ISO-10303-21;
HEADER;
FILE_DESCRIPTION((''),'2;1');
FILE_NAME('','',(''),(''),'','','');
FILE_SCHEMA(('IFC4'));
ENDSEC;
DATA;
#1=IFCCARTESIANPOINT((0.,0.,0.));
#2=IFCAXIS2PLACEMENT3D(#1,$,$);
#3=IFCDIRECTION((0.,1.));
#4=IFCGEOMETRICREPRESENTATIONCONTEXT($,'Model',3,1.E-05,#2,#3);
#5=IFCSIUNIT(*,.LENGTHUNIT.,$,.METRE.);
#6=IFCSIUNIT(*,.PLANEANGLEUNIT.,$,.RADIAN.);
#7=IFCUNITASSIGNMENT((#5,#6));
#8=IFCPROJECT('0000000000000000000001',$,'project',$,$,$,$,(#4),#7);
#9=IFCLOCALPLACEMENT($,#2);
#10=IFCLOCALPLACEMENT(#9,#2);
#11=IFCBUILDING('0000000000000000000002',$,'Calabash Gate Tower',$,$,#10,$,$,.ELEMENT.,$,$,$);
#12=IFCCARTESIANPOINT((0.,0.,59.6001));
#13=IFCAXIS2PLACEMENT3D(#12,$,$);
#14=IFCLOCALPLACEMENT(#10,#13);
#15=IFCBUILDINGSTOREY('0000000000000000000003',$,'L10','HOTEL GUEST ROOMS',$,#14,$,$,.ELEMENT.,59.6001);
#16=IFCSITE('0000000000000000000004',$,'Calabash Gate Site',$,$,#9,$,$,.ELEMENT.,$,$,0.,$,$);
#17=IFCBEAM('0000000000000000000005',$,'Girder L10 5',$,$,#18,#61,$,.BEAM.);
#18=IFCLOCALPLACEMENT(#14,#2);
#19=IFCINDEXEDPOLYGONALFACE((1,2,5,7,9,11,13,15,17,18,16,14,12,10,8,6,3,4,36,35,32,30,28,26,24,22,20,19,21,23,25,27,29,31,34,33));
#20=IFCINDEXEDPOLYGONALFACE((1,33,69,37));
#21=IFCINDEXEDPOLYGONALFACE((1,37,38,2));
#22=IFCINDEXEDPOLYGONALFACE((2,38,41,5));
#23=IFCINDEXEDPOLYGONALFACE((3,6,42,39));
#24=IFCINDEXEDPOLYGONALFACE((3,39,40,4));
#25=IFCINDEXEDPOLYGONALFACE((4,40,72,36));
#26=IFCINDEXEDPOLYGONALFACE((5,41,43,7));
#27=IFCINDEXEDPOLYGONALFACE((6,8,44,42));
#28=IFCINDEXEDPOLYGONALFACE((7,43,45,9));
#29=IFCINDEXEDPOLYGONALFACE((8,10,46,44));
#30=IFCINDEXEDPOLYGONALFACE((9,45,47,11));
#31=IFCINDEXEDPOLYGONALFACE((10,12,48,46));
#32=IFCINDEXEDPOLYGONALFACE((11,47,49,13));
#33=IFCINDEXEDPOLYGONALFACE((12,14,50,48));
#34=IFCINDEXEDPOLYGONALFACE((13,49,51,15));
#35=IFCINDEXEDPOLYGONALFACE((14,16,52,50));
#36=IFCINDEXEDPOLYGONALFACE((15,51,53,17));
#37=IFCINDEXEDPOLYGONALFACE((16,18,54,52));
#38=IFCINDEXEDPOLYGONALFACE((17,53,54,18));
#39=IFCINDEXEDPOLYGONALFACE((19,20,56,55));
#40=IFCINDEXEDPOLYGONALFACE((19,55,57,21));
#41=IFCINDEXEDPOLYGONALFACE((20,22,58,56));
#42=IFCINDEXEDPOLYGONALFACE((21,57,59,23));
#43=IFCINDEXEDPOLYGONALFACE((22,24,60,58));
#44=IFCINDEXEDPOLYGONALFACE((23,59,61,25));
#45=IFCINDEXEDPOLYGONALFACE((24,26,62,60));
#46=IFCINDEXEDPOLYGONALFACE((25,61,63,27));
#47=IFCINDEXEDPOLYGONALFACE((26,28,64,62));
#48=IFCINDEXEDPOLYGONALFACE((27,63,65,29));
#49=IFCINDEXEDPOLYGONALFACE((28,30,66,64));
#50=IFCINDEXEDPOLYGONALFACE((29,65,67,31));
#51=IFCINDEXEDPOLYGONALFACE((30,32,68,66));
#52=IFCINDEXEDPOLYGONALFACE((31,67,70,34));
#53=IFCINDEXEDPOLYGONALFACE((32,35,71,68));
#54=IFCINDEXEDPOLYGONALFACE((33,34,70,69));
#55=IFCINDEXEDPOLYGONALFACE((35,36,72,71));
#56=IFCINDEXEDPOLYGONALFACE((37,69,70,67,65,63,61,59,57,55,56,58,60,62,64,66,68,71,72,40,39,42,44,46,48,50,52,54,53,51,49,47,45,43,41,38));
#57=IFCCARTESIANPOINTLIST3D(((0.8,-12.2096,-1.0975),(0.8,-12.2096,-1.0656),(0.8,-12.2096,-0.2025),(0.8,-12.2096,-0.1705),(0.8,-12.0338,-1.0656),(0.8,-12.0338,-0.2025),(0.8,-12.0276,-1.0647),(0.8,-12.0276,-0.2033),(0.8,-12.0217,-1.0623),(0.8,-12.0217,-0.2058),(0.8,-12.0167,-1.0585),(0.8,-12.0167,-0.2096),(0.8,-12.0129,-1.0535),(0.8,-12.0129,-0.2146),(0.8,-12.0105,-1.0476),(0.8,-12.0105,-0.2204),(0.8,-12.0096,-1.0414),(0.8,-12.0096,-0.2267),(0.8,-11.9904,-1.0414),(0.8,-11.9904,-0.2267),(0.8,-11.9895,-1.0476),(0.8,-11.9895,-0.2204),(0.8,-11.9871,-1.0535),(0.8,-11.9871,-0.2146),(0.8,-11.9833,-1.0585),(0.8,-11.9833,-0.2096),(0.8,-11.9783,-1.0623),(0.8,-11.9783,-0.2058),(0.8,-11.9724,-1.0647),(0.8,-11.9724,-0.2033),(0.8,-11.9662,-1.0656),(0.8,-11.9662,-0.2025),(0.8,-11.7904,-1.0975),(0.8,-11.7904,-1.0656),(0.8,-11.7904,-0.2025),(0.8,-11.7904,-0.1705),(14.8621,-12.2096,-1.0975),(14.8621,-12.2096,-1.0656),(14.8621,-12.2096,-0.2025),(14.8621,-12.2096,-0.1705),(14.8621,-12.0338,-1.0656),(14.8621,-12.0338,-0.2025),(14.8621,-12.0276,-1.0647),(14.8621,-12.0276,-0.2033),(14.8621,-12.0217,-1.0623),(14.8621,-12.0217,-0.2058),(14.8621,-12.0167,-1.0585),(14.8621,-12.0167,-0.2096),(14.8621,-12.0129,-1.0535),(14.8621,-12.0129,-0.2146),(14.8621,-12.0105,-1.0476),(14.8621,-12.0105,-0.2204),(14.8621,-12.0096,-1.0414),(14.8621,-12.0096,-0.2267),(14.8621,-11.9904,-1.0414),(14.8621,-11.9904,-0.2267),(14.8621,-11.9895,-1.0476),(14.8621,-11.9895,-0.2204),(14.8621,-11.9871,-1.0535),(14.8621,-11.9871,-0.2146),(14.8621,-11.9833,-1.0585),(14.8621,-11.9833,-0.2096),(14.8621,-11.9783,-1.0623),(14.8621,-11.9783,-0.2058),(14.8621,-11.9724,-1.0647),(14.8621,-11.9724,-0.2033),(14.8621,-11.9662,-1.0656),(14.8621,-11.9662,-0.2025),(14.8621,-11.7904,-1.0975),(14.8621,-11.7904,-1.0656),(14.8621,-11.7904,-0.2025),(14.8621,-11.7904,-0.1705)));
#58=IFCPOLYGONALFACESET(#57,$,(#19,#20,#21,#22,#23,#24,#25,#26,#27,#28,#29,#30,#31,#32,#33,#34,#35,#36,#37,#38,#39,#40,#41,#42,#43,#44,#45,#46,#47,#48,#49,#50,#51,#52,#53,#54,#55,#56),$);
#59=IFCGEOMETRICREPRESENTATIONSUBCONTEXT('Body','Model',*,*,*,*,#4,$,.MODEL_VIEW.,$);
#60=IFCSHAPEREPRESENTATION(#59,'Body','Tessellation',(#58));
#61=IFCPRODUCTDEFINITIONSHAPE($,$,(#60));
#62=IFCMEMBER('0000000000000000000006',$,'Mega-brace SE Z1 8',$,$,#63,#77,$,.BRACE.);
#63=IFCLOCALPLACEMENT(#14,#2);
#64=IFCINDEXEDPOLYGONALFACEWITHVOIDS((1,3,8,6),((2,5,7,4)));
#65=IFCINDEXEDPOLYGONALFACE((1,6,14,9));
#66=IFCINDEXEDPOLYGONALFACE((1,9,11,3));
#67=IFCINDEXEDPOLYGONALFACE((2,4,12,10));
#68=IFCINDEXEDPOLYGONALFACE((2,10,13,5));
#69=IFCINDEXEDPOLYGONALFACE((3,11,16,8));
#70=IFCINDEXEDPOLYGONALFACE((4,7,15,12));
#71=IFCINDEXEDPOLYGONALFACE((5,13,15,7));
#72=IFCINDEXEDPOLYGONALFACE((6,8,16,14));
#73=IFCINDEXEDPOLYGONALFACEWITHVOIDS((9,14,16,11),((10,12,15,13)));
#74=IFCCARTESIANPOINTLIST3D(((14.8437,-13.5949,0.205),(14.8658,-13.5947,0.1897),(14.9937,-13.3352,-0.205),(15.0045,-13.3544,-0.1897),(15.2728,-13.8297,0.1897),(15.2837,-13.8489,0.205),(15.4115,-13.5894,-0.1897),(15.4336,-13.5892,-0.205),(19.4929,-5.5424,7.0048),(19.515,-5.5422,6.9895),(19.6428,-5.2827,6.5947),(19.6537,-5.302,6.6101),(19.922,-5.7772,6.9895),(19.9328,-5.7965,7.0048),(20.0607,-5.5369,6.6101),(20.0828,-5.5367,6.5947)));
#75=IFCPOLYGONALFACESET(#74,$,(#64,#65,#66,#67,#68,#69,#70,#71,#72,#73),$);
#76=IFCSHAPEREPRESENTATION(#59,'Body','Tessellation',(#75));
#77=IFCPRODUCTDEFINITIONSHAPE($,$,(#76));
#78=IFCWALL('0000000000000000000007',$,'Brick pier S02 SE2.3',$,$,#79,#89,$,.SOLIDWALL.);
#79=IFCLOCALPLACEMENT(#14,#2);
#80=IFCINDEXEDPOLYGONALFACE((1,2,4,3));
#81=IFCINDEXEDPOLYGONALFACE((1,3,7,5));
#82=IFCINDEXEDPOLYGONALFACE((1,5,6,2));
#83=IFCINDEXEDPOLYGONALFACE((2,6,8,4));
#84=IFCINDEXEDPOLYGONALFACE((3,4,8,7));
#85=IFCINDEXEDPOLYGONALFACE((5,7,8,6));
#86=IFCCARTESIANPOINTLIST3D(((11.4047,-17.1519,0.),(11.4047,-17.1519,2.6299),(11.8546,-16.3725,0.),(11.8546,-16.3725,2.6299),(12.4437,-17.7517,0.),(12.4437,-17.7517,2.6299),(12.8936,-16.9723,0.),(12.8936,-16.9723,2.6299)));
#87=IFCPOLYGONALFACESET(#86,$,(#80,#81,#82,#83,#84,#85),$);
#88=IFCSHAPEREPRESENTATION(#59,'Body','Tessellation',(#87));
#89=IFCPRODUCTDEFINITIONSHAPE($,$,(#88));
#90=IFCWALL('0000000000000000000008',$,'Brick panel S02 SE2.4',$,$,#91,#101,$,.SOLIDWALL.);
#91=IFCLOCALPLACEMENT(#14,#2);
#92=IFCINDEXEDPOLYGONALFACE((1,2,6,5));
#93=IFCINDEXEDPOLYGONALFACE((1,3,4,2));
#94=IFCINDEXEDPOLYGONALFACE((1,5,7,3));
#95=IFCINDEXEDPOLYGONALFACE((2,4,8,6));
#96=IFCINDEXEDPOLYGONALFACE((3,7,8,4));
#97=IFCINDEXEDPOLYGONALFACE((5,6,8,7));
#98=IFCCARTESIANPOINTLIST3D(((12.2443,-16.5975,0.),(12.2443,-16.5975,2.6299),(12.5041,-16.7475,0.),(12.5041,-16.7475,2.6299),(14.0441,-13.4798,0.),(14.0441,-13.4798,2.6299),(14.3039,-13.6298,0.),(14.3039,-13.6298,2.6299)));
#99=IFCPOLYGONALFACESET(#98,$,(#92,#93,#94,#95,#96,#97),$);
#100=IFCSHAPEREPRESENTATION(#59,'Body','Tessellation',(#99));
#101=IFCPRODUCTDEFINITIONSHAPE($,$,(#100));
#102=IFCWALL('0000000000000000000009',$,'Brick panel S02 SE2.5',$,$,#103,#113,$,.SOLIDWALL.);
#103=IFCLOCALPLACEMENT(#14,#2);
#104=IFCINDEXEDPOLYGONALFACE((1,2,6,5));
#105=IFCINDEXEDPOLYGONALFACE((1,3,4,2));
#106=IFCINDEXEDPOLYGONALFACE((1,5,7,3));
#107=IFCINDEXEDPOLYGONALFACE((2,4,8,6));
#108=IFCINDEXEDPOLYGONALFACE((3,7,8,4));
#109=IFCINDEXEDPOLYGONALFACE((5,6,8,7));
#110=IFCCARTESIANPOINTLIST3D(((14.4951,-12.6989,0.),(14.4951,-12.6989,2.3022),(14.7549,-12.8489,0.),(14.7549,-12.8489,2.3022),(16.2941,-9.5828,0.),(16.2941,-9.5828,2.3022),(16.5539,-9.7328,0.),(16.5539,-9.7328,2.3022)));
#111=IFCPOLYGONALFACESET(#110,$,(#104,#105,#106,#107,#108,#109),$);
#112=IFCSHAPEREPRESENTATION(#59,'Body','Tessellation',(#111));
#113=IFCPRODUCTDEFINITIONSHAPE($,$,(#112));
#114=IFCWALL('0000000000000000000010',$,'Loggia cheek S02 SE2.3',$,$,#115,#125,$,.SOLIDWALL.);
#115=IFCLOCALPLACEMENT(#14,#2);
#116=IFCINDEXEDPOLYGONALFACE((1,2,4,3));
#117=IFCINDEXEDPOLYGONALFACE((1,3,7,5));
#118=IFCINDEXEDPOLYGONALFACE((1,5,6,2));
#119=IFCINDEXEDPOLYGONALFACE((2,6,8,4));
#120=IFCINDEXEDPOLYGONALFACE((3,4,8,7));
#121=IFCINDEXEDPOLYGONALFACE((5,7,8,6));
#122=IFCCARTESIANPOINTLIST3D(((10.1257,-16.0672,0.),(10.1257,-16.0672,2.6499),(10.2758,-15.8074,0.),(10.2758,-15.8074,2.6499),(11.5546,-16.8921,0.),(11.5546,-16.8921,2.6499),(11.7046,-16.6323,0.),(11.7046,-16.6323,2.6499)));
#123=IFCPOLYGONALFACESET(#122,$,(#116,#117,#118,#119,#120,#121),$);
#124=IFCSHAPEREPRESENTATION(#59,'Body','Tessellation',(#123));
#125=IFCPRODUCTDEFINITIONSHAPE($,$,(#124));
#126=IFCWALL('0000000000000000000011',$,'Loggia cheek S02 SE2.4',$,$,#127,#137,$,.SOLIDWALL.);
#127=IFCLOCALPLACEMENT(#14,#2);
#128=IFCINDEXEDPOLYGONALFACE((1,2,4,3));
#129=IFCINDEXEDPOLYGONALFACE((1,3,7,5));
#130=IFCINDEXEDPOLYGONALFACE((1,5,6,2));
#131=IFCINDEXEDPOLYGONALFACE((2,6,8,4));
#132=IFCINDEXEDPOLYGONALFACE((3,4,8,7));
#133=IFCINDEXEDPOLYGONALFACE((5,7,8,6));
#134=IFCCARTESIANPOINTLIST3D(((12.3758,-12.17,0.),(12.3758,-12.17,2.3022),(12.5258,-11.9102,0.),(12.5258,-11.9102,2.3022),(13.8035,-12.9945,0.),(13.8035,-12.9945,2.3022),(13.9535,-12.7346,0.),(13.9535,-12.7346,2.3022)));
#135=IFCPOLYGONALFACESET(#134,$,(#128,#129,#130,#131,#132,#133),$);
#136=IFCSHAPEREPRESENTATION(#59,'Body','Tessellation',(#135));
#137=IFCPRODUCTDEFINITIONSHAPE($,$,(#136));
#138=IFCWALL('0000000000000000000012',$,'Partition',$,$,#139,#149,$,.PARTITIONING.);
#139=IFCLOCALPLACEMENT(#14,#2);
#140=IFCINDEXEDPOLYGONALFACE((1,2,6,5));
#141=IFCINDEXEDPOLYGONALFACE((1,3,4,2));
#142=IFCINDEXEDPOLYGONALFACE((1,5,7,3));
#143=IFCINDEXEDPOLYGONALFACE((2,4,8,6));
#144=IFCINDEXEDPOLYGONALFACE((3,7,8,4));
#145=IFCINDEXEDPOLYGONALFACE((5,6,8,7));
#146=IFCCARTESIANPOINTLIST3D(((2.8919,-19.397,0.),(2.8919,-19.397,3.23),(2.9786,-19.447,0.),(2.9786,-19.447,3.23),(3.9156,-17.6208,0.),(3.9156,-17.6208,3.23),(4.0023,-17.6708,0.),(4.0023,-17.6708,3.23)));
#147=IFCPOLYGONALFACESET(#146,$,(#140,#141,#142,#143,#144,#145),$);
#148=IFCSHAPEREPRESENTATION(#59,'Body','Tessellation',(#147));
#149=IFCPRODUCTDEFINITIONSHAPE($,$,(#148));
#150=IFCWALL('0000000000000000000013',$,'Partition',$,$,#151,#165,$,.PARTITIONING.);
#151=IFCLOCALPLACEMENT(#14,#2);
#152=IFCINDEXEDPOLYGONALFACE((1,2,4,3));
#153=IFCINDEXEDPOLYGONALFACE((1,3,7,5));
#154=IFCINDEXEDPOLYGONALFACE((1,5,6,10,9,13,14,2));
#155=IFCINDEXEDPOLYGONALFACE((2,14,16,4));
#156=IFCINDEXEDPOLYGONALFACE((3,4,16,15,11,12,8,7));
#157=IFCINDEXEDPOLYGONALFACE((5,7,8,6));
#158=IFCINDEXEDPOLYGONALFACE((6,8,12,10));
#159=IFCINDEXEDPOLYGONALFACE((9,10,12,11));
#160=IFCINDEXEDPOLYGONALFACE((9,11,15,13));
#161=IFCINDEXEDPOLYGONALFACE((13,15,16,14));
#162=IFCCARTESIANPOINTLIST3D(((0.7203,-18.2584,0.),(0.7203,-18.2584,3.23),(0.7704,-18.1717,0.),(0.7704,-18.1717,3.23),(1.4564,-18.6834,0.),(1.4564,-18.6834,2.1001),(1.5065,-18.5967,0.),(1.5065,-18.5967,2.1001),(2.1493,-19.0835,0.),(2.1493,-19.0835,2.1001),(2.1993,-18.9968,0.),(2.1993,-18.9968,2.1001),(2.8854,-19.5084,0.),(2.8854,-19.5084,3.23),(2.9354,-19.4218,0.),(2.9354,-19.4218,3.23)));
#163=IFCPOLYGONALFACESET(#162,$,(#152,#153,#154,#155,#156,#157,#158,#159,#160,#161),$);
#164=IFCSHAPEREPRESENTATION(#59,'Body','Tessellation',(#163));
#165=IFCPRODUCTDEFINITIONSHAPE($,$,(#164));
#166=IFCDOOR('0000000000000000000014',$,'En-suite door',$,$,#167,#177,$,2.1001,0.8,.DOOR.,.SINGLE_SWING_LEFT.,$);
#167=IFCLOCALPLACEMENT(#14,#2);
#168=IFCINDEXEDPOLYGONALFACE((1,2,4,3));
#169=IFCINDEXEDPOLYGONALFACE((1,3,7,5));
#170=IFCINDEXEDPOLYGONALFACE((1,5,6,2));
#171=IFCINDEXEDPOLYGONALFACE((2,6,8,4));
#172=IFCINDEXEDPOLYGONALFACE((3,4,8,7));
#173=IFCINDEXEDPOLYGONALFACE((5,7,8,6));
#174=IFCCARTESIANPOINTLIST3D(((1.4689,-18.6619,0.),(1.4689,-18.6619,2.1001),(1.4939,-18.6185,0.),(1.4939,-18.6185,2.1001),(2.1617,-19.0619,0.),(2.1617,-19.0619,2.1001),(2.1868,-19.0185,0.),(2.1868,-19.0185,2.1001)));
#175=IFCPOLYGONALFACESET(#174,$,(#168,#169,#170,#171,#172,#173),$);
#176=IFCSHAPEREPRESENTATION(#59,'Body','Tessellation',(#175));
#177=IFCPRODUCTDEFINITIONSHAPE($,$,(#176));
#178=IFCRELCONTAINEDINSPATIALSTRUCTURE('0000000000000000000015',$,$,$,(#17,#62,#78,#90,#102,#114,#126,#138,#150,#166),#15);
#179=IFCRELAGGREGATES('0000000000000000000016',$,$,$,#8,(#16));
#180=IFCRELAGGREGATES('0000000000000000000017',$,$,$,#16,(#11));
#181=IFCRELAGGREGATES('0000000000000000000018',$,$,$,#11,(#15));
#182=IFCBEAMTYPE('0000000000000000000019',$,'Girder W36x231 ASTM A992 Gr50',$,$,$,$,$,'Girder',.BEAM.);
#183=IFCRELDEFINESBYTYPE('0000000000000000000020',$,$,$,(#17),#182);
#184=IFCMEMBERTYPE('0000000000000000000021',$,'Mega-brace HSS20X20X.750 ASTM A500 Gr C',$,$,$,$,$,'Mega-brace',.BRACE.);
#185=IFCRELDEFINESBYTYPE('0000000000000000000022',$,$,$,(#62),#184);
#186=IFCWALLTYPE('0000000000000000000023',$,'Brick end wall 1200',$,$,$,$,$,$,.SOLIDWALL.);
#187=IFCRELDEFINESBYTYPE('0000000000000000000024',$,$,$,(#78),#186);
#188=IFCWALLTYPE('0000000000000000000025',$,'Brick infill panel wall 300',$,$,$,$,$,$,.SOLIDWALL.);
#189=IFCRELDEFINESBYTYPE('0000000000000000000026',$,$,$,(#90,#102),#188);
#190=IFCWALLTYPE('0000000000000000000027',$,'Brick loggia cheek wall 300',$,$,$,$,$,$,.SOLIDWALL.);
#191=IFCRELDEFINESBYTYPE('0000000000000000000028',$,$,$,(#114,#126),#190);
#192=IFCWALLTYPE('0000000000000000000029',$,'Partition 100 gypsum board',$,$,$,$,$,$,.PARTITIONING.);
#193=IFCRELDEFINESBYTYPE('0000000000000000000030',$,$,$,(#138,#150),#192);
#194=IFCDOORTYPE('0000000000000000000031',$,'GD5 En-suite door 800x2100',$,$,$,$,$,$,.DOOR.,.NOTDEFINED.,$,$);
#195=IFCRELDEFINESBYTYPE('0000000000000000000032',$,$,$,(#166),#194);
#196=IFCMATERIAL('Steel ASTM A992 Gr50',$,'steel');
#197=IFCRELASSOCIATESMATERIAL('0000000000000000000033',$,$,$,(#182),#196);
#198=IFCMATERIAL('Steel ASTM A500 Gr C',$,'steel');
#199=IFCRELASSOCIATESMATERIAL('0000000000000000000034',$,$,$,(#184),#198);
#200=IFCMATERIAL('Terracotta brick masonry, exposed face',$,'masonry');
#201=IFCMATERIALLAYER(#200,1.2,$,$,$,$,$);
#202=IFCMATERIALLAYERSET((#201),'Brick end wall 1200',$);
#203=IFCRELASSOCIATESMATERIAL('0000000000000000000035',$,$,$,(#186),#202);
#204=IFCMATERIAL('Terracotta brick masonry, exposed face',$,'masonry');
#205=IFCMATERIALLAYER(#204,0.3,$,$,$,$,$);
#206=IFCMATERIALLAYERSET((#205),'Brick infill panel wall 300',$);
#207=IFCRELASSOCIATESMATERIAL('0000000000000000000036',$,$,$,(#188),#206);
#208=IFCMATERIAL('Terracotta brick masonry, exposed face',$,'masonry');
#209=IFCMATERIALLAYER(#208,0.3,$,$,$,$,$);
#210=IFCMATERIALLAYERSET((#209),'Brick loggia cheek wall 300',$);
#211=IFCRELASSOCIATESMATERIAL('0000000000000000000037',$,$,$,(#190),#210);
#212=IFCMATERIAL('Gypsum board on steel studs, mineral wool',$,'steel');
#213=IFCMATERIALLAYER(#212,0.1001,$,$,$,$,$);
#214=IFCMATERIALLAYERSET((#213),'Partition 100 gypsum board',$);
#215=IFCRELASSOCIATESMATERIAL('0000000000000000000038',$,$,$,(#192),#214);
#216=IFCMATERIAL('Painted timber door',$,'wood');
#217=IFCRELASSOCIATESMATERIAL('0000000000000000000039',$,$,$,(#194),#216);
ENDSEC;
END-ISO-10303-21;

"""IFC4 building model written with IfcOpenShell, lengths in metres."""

from ifc_helpers import new_model, si_unit, direction, frame, frame_2d, origin, origin_2d, place, context, subcontext, project, spatial, rectangle, hollow_rectangle, i_section, extrude, material, layer, layer_set, material_profile, profile_set, type_object, element, fill, save


model = new_model("IFC4")

# Units and contexts
model_context = context("Model", 3, precision=1e-05, world=origin(), true_north=direction((0.0, 1.0)))
body_context = subcontext(model_context, "Body", "Model", "MODEL_VIEW")
ifc_project = project(units=[si_unit("LENGTHUNIT", "METRE"), si_unit("PLANEANGLEUNIT", "RADIAN")], contexts=[model_context])

# Site, building, storey
site_placement = place(None, origin())
site = spatial("IfcSite", under=ifc_project, at=site_placement, Name="Calabash Gate Site", CompositionType="ELEMENT", RefElevation=0.0)
building_placement = place(site_placement, origin())
building = spatial("IfcBuilding", under=site, at=building_placement, Name="Calabash Gate Tower", CompositionType="ELEMENT")
storey_placement = place(building_placement, frame((0.0, 0.0, 59.6001)))
storey = spatial("IfcBuildingStorey", under=building, at=storey_placement, Name="L10", Description="HOTEL GUEST ROOMS", CompositionType="ELEMENT", Elevation=59.6001)

# Beam
ifc_material_1 = material(Name="Steel ASTM A992 Gr50", Category="steel")
ifc_material_profile_1 = material_profile(ifc_material_1, i_section(OverallWidth=0.4192, OverallDepth=0.927, WebThickness=0.0193, FlangeThickness=0.032, FilletRadius=0.0242, at=origin_2d()))
ifc_profile_set_1 = profile_set([ifc_material_profile_1], Name="Steel ASTM A992 Gr50")
beam_type_1 = type_object("IfcBeamType", Name="Girder W36x231 ASTM A992 Gr50", ElementType="Girder", PredefinedType="BEAM", material=ifc_profile_set_1)
beam_1_placement = place(storey_placement, frame((0.8, -12.0, -0.634), z_axis=(1.0, 0.0, 0.0), x_axis=(0.0, 1.0, 0.0)))
element("IfcBeam", 1, at=beam_1_placement, inside=storey, type_object=beam_type_1, Name="Girder L10 5", PredefinedType="BEAM", context=body_context, shape_type="SweptSolid", body=[
    extrude(i_section(OverallWidth=0.4192, OverallDepth=0.927, WebThickness=0.0193, FlangeThickness=0.032, FilletRadius=0.0242, at=origin_2d()), origin(), (0.0, 0.0, 1.0), 14.062),
])

# Member
ifc_material_2 = material(Name="Steel ASTM A500 Gr C", Category="steel")
ifc_material_profile_2 = material_profile(ifc_material_2, hollow_rectangle(XDim=0.5081, YDim=0.5081, WallThickness=0.019, at=origin_2d()))
ifc_profile_set_2 = profile_set([ifc_material_profile_2], Name="Steel ASTM A500 Gr C")
member_type = type_object("IfcMemberType", Name="Mega-brace HSS20X20X.750 ASTM A500 Gr C", ElementType="Mega-brace", PredefinedType="BRACE", material=ifc_profile_set_2)
member_placement = place(storey_placement, frame((15.1387, -13.592, 0.0), z_axis=(0.403598, 0.699042, 0.590296), x_axis=(-0.866022, 0.500005, 0.0)))
element("IfcMember", 2, at=member_placement, inside=storey, type_object=member_type, Name="Mega-brace SE Z1 8", PredefinedType="BRACE", context=body_context, shape_type="SweptSolid", body=[
    extrude(hollow_rectangle(XDim=0.5081, YDim=0.5081, WallThickness=0.019, at=origin_2d()), origin(), (0.0, 0.0, 1.0), 11.5193),
])

# Walls
ifc_material_3 = material(Name="Terracotta brick masonry, exposed face", Category="masonry")
ifc_layer_1 = layer(ifc_material_3, 1.2)
ifc_layer_set_1 = layer_set([ifc_layer_1], Name="Brick end wall 1200")
wall_type_1 = type_object("IfcWallType", Name="Brick end wall 1200", PredefinedType="SOLIDWALL", material=ifc_layer_set_1)
wall_1_placement = place(storey_placement, frame((11.6296, -16.7622, 0.0), z_axis=(0.0, 0.0, 1.0), x_axis=(0.866043, -0.499969, 0.0)))
element("IfcWall", 3, at=wall_1_placement, inside=storey, type_object=wall_type_1, Name="Brick pier S02 SE2.3", PredefinedType="SOLIDWALL", context=body_context, shape_type="SweptSolid", body=[
    extrude(rectangle(XDim=1.1997, YDim=0.8999, at=frame_2d((0.5999, 0.0))), origin(), (0.0, 0.0, 1.0), 2.6299),
])
ifc_material_4 = material(Name="Terracotta brick masonry, exposed face", Category="masonry")
ifc_layer_2 = layer(ifc_material_4, 0.3)
ifc_layer_set_2 = layer_set([ifc_layer_2], Name="Brick infill panel wall 300")
wall_type_2 = type_object("IfcWallType", Name="Brick infill panel wall 300", PredefinedType="SOLIDWALL", material=ifc_layer_set_2)
wall_2_placement = place(storey_placement, frame((12.3743, -16.6724, 0.0), z_axis=(0.0, 0.0, 1.0), x_axis=(0.499961, 0.866048, 0.0)))
element("IfcWall", 4, at=wall_2_placement, inside=storey, type_object=wall_type_2, Name="Brick panel S02 SE2.4", PredefinedType="SOLIDWALL", context=body_context, shape_type="SweptSolid", body=[
    extrude(rectangle(XDim=3.5999, YDim=0.3, at=frame_2d((1.7998, 0.0))), origin(), (0.0, 0.0, 1.0), 2.6299),
])
wall_3_placement = place(storey_placement, frame((14.625, -12.7739, 0.0), z_axis=(0.0, 0.0, 1.0), x_axis=(0.499985, 0.866034, 0.0)))
element("IfcWall", 5, at=wall_3_placement, inside=storey, type_object=wall_type_2, Name="Brick panel S02 SE2.5", PredefinedType="SOLIDWALL", context=body_context, shape_type="SweptSolid", body=[
    extrude(rectangle(XDim=3.5981, YDim=0.3, at=frame_2d((1.7991, 0.0))), origin(), (0.0, 0.0, 1.0), 2.3022),
])
ifc_material_5 = material(Name="Terracotta brick masonry, exposed face", Category="masonry")
ifc_layer_3 = layer(ifc_material_5, 0.3)
ifc_layer_set_3 = layer_set([ifc_layer_3], Name="Brick loggia cheek wall 300")
wall_type_3 = type_object("IfcWallType", Name="Brick loggia cheek wall 300", PredefinedType="SOLIDWALL", material=ifc_layer_set_3)
wall_4_placement = place(storey_placement, frame((11.6296, -16.7622, 0.0), z_axis=(0.0, 0.0, 1.0), x_axis=(-0.86604, 0.499974, 0.0)))
element("IfcWall", 6, at=wall_4_placement, inside=storey, type_object=wall_type_3, Name="Loggia cheek S02 SE2.3", PredefinedType="SOLIDWALL", context=body_context, shape_type="SweptSolid", body=[
    extrude(rectangle(XDim=1.6499, YDim=0.3, at=frame_2d((0.825, 0.0))), origin(), (0.0, 0.0, 1.0), 2.6499),
])
wall_5_placement = place(storey_placement, frame((13.8784, -12.8645, 0.0), z_axis=(0.0, 0.0, 1.0), x_axis=(-0.865983, 0.500073, 0.0)))
element("IfcWall", 7, at=wall_5_placement, inside=storey, type_object=wall_type_3, Name="Loggia cheek S02 SE2.4", PredefinedType="SOLIDWALL", context=body_context, shape_type="SweptSolid", body=[
    extrude(rectangle(XDim=1.6487, YDim=0.3, at=frame_2d((0.8242, 0.0))), origin(), (0.0, 0.0, 1.0), 2.3022),
])
ifc_material_6 = material(Name="Gypsum board on steel studs, mineral wool", Category="steel")
ifc_layer_4 = layer(ifc_material_6, 0.1001)
ifc_layer_set_4 = layer_set([ifc_layer_4], Name="Partition 100 gypsum board")
wall_type_4 = type_object("IfcWallType", Name="Partition 100 gypsum board", PredefinedType="PARTITIONING", material=ifc_layer_set_4)
wall_6_placement = place(storey_placement, frame((2.9353, -19.4219, 0.0), z_axis=(0.0, 0.0, 1.0), x_axis=(0.499355, 0.866398, 0.0)))
element("IfcWall", 8, at=wall_6_placement, inside=storey, type_object=wall_type_4, Name="Partition", PredefinedType="PARTITIONING", context=body_context, shape_type="SweptSolid", body=[
    extrude(rectangle(XDim=2.05, YDim=0.1001, at=frame_2d((1.0249, 0.0))), origin(), (0.0, 0.0, 1.0), 3.23),
])

# Wall, opening, door
wall_7_placement = place(storey_placement, frame((0.7454, -18.2151, 0.0), z_axis=(0.0, 0.0, 1.0), x_axis=(0.866023, -0.500004, 0.0)))
wall_7 = element("IfcWall", 9, at=wall_7_placement, inside=storey, type_object=wall_type_4, Name="Partition", PredefinedType="PARTITIONING", context=body_context, shape_type="SweptSolid", body=[
    extrude(rectangle(XDim=2.5, YDim=0.1001, at=frame_2d((1.25, 0.0))), origin(), (0.0, 0.0, 1.0), 3.23),
])
opening_1_placement = place(wall_7_placement, frame((0.8501, 0.0, 0.0)))
opening_1 = element("IfcOpeningElement", 10, at=opening_1_placement, cuts=wall_7, PredefinedType="OPENING", context=body_context, shape_type="SweptSolid", body=[
    extrude(rectangle(XDim=0.8, YDim=2.1001, at=frame_2d((0.3999, 1.05))), frame((0.0, 0.0601, 0.0), z_axis=(0.0, -1.0, 0.0), x_axis=(1.0, 0.0, 0.0)), (0.0, 0.0, 1.0), 0.1201),
])
ifc_material_7 = material(Name="Painted timber door", Category="wood")
door_type_1 = type_object("IfcDoorType", Name="GD5 En-suite door 800x2100", OperationType="NOTDEFINED", PredefinedType="DOOR", material=ifc_material_7)
door_1_placement = place(opening_1_placement, origin())
door_1 = element("IfcDoor", 11, at=door_1_placement, inside=storey, type_object=door_type_1, Name="En-suite door", OperationType="SINGLE_SWING_LEFT", OverallHeight=2.1001, OverallWidth=0.8, PredefinedType="DOOR", context=body_context, shape_type="SweptSolid", body=[
    extrude(rectangle(XDim=0.8, YDim=2.1001, at=frame_2d((0.3999, 1.05))), frame((0.0, 0.0249, 0.0), z_axis=(0.0, -1.0, 0.0), x_axis=(1.0, 0.0, 0.0)), (0.0, 0.0, 1.0), 0.05),
])
fill(opening_1, door_1)

save(model, "model.ifc")
